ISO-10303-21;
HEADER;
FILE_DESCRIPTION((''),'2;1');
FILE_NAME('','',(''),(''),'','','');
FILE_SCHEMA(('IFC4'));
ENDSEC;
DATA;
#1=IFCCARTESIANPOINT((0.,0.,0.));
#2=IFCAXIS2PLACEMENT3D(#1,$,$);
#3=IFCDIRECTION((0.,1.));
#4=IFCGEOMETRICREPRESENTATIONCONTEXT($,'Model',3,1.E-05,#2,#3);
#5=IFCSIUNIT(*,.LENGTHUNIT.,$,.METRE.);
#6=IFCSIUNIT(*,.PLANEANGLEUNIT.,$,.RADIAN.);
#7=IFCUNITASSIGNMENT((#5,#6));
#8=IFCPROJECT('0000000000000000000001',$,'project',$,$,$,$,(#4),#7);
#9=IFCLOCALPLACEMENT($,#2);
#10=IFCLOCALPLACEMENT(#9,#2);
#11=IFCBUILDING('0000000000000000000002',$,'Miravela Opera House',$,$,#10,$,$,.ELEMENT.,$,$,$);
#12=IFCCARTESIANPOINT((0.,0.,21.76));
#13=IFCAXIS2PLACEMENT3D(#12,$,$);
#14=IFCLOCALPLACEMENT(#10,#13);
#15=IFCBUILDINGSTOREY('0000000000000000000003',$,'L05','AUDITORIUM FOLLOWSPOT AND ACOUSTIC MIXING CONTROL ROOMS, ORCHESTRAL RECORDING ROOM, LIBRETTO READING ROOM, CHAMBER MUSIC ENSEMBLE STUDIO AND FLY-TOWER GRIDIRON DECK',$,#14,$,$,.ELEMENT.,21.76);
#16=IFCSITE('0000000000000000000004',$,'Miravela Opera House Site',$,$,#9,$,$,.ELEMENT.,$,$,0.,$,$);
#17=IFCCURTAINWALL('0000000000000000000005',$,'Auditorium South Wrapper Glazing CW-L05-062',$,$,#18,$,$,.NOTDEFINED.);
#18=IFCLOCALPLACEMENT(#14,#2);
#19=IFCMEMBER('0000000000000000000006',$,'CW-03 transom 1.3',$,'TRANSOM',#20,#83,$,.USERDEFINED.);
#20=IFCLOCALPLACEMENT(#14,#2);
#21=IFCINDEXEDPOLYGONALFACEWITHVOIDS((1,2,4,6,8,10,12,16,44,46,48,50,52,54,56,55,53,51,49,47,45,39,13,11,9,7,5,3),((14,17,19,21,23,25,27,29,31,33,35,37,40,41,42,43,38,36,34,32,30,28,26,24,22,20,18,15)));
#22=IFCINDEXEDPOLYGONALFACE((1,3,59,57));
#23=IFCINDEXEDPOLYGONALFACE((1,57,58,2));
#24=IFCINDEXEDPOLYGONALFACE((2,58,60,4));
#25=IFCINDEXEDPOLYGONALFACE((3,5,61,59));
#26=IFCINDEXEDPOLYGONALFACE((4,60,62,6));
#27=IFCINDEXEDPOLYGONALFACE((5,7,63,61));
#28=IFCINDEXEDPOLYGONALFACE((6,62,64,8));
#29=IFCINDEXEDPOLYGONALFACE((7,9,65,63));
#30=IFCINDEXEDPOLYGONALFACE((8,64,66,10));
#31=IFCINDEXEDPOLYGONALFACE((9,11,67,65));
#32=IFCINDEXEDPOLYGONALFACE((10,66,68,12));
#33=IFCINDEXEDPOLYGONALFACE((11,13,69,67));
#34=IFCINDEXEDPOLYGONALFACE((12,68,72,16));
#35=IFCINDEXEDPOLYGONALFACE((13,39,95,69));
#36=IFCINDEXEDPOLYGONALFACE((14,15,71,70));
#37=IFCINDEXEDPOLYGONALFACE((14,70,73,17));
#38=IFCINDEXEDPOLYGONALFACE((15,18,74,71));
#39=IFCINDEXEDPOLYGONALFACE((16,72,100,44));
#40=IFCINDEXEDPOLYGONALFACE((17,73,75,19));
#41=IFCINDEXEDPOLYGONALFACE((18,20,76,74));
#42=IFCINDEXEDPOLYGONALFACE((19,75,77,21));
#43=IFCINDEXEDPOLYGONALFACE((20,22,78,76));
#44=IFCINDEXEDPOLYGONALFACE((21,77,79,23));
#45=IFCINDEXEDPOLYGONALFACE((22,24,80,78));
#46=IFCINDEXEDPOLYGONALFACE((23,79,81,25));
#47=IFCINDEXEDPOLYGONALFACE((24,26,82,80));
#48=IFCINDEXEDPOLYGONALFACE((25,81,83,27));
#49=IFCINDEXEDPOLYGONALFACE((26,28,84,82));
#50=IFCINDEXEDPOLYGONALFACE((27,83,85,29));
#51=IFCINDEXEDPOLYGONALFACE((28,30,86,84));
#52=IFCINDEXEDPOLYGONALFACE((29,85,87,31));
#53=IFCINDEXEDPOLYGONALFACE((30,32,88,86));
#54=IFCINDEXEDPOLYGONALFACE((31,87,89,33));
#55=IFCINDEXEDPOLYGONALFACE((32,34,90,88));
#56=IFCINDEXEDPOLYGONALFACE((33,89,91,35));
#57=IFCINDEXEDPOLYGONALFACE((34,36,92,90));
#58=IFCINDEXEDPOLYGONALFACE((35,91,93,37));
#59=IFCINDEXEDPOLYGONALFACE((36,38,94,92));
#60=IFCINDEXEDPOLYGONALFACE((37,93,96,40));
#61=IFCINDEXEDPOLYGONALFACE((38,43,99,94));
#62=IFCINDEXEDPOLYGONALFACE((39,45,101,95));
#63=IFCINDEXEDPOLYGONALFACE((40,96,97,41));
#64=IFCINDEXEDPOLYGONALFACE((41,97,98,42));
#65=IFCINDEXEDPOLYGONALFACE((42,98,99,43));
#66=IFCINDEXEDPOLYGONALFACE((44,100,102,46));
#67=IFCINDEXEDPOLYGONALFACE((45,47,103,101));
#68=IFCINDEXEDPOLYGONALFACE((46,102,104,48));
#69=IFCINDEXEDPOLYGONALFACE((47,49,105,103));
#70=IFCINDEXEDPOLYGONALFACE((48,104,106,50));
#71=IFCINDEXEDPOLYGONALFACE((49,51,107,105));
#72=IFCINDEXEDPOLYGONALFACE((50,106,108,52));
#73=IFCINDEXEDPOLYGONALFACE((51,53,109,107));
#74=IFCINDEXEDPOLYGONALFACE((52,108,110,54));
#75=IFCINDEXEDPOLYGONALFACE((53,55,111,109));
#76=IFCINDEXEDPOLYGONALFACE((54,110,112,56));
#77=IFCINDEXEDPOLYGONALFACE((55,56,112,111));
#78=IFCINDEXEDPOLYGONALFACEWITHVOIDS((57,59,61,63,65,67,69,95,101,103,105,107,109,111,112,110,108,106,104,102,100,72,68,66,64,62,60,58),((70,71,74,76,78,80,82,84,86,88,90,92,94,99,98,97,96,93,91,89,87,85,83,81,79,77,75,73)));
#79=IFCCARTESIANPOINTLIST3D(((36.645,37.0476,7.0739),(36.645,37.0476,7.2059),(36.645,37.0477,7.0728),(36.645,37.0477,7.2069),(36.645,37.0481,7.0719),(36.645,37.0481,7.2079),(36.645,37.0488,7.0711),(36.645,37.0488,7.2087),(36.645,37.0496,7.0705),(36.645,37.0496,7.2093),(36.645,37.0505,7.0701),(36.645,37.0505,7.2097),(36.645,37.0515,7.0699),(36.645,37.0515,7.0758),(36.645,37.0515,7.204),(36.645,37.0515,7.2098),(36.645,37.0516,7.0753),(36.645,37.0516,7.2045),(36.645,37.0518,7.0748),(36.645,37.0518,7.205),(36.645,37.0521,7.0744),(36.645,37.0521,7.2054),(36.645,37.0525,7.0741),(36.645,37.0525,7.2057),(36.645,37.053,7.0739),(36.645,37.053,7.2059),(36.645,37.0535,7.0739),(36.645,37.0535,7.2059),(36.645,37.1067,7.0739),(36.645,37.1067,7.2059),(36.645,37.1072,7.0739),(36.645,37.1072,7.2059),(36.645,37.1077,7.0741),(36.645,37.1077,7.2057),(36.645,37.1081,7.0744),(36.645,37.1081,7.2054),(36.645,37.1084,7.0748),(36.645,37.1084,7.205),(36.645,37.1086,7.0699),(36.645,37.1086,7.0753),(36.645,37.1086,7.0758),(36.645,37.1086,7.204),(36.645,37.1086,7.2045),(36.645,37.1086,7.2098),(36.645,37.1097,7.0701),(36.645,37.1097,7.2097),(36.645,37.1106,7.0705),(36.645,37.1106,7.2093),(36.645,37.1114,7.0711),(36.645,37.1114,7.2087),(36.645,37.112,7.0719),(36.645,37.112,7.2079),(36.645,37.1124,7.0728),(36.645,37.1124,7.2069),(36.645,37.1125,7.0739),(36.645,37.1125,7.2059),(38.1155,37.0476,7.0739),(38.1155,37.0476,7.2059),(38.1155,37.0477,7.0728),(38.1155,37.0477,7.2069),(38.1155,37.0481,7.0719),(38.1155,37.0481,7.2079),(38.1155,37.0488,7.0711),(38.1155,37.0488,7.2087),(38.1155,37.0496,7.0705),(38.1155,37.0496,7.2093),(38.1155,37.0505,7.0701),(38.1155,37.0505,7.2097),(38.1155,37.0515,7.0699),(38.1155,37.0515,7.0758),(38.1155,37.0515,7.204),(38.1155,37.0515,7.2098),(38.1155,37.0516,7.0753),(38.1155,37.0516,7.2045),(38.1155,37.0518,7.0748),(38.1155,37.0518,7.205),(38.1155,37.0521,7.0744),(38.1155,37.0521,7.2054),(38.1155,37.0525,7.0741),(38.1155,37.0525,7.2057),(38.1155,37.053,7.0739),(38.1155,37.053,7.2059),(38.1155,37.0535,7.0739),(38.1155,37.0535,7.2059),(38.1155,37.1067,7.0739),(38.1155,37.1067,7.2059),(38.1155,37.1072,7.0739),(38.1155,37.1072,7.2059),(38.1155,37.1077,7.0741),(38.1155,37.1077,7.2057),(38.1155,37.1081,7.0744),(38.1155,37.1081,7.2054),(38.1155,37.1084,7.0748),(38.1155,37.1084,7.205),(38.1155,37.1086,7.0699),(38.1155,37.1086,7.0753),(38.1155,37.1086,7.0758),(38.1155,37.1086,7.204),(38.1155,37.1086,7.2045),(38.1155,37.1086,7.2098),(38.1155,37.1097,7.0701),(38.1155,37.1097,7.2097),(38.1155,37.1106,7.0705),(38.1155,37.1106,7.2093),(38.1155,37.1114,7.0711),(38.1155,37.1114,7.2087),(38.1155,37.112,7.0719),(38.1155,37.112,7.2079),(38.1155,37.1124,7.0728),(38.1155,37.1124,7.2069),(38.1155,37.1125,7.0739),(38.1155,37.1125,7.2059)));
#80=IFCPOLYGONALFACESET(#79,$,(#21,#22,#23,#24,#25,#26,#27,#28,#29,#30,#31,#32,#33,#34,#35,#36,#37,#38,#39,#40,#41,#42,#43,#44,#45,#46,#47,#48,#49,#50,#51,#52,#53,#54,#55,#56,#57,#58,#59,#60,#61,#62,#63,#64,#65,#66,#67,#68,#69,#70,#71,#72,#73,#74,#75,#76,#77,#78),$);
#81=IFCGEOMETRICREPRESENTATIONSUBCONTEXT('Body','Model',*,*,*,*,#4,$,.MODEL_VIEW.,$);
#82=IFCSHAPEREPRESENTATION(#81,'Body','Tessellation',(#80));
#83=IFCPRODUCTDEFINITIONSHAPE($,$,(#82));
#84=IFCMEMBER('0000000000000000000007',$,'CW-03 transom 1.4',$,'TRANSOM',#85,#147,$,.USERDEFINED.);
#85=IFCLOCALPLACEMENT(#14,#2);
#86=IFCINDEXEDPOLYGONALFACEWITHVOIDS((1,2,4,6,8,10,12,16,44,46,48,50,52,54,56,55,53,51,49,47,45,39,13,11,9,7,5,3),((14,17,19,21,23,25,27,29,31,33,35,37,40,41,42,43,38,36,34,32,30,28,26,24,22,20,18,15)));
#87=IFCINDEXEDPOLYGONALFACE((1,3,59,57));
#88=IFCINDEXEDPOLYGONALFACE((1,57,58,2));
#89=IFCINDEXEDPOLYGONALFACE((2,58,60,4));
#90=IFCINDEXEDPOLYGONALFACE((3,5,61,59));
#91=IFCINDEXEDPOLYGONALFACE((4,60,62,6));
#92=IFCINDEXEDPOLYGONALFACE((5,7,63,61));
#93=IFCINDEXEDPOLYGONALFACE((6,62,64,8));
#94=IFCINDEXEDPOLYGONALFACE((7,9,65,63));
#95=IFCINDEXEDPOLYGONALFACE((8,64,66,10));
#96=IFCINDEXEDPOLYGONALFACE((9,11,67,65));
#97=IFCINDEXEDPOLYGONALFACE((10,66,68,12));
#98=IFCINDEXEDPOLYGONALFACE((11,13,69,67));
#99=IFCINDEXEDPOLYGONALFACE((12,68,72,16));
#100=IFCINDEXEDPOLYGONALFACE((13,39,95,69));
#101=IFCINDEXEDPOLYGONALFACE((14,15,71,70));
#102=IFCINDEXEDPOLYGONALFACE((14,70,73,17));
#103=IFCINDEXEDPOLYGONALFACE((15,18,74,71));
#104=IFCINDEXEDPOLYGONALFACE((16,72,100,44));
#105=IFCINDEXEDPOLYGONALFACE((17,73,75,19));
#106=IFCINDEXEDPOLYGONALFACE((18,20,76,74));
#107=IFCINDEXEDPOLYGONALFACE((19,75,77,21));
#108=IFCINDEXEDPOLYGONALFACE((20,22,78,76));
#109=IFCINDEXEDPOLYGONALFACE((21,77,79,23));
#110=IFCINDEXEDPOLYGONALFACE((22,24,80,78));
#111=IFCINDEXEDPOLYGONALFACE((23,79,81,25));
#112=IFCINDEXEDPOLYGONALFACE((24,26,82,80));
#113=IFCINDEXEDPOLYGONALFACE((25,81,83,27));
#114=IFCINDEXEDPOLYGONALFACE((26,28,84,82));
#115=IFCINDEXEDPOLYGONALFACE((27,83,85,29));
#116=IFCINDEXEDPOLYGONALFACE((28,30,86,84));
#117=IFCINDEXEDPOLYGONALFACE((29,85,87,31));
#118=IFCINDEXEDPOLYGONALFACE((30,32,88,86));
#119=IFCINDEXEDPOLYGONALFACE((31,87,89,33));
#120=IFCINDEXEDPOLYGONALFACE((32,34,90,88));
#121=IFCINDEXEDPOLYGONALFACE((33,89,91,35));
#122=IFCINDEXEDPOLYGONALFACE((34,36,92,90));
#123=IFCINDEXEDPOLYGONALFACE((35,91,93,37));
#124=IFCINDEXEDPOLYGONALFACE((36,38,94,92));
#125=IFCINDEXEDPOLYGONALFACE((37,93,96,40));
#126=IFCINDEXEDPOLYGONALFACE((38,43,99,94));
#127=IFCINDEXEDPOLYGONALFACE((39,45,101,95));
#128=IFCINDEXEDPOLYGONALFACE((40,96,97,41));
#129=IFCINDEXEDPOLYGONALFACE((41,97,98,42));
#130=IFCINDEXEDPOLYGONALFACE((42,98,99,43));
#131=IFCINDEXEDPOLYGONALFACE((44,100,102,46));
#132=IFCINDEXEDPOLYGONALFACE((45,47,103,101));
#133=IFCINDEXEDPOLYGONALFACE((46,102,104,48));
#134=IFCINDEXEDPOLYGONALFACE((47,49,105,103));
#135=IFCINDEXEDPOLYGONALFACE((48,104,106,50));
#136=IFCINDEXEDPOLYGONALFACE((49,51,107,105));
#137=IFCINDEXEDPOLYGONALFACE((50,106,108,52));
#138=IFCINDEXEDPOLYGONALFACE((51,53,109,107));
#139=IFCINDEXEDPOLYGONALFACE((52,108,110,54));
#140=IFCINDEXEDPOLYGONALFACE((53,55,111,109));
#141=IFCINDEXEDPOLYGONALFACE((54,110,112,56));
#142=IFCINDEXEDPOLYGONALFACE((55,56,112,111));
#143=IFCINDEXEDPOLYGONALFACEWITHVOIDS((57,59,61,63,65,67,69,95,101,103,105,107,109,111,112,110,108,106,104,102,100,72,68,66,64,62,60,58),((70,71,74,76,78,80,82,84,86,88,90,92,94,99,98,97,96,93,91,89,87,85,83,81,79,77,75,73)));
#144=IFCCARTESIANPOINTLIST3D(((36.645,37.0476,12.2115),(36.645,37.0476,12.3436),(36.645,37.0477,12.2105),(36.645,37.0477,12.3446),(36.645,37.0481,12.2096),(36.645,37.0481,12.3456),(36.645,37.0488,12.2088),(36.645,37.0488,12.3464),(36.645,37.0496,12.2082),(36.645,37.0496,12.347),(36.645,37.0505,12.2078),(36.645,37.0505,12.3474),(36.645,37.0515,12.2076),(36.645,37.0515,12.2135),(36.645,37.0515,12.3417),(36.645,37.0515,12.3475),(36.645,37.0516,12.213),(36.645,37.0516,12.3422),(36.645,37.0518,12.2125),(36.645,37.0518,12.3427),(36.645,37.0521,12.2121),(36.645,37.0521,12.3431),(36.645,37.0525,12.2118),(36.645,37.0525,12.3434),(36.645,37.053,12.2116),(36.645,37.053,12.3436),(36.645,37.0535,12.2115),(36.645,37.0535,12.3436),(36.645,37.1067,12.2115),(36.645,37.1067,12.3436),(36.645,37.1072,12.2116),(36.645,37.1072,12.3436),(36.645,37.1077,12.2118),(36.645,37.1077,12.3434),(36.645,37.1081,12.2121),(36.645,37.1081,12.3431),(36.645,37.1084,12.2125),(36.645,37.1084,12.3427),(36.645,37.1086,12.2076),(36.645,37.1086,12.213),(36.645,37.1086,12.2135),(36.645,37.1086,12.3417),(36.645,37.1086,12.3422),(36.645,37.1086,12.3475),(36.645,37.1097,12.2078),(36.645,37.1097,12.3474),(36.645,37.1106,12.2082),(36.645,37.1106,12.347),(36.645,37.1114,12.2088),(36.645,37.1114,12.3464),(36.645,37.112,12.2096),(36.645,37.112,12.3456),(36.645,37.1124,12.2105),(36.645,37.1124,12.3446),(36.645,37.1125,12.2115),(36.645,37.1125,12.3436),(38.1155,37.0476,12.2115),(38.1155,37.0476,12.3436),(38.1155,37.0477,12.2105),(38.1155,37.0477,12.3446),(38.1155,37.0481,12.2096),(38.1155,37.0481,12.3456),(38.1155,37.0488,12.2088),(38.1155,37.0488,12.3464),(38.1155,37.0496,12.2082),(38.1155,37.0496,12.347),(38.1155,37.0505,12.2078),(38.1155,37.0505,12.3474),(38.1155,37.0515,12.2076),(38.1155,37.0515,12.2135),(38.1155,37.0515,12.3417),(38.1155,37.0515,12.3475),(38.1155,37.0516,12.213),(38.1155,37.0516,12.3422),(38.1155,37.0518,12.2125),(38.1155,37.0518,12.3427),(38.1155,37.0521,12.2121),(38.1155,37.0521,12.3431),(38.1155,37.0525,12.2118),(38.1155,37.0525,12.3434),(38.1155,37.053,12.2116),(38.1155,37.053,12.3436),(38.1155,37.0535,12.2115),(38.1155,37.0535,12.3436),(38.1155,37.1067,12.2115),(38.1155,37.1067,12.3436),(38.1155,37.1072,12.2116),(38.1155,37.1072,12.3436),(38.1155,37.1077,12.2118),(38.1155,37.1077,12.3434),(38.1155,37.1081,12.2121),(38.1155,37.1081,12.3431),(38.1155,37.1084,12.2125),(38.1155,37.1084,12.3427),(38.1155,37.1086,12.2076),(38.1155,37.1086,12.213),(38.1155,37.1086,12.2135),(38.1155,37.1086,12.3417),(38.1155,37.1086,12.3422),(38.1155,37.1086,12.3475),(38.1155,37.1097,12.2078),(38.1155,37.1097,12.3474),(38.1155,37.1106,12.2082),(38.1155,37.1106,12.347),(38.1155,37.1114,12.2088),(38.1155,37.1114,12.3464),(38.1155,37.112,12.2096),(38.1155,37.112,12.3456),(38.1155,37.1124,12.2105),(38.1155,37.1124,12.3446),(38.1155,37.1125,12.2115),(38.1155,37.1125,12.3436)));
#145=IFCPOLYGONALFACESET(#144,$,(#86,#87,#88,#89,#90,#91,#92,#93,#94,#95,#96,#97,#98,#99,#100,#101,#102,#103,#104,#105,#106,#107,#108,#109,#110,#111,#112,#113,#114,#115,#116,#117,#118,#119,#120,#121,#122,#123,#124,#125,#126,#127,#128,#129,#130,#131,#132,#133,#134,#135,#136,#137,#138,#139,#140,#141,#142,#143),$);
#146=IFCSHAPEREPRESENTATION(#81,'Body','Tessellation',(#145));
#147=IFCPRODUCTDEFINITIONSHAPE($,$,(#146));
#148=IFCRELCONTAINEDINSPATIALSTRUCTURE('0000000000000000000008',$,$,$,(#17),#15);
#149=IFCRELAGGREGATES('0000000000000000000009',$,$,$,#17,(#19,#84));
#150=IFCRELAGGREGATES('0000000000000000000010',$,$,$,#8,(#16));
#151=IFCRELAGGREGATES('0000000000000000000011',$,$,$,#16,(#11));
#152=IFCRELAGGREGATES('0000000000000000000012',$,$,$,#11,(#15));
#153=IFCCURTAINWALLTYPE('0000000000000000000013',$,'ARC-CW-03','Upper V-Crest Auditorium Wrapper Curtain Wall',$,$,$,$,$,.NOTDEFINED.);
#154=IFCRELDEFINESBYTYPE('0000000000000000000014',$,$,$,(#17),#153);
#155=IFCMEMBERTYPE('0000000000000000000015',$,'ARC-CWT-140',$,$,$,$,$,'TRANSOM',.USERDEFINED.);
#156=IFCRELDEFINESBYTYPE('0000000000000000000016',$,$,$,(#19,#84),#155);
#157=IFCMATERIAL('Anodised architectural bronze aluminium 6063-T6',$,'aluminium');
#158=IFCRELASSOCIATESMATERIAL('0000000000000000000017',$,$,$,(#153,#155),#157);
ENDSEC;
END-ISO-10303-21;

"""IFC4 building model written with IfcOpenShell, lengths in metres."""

from ifc_helpers import new_model, si_unit, direction, frame, origin, origin_2d, place, context, subcontext, project, spatial, hollow_rectangle, extrude, material, material_profile, profile_set, type_object, element, aggregate, save


model = new_model("IFC4")

# Units and contexts
model_context = context("Model", 3, precision=1e-05, world=origin(), true_north=direction((0.0, 1.0)))
body_context = subcontext(model_context, "Body", "Model", "MODEL_VIEW")
ifc_project = project(units=[si_unit("LENGTHUNIT", "METRE"), si_unit("PLANEANGLEUNIT", "RADIAN")], contexts=[model_context])

# Site, building, storey
site_placement = place(None, origin())
site = spatial("IfcSite", under=ifc_project, at=site_placement, Name="Miravela Opera House Site", CompositionType="ELEMENT", RefElevation=0.0)
building_placement = place(site_placement, origin())
building = spatial("IfcBuilding", under=site, at=building_placement, Name="Miravela Opera House", CompositionType="ELEMENT")
storey_placement = place(building_placement, frame((0.0, 0.0, 21.76)))
storey = spatial("IfcBuildingStorey", under=building, at=storey_placement, Name="L05", Description="AUDITORIUM FOLLOWSPOT AND ACOUSTIC MIXING CONTROL ROOMS, ORCHESTRAL RECORDING ROOM, LIBRETTO READING ROOM, CHAMBER MUSIC ENSEMBLE STUDIO AND FLY-TOWER GRIDIRON DECK", CompositionType="ELEMENT", Elevation=21.76)

# Curtain wall, members
ifc_material_1 = material(Name="Anodised architectural bronze aluminium 6063-T6", Category="aluminium")
curtain_wall_type = type_object("IfcCurtainWallType", Name="ARC-CW-03", Description="Upper V-Crest Auditorium Wrapper Curtain Wall", PredefinedType="NOTDEFINED", material=ifc_material_1)
curtain_wall_placement = place(storey_placement, origin())
curtain_wall = element("IfcCurtainWall", 1, at=curtain_wall_placement, inside=storey, type_object=curtain_wall_type, Name="Auditorium South Wrapper Glazing CW-L05-062", PredefinedType="NOTDEFINED")
ifc_material_profile = material_profile(ifc_material_1, hollow_rectangle(XDim=0.0649, YDim=0.1399, WallThickness=0.0039, InnerFilletRadius=0.002, OuterFilletRadius=0.0039, at=origin_2d()), Name="CWT-65X140")
ifc_profile_set = profile_set([ifc_material_profile])
member_type = type_object("IfcMemberType", Name="ARC-CWT-140", ElementType="TRANSOM", PredefinedType="USERDEFINED", material=ifc_profile_set)
member_1_placement = place(storey_placement, frame((36.645, 37.0801, 7.1399), z_axis=(1.0, 0.0, 0.0), x_axis=(0.0, 1.0, 0.0)))
member_1 = element("IfcMember", 2, at=member_1_placement, type_object=member_type, Name="CW-03 transom 1.3", ObjectType="TRANSOM", PredefinedType="USERDEFINED", context=body_context, shape_type="SweptSolid", body=[
    extrude(hollow_rectangle(XDim=0.0649, YDim=0.1399, WallThickness=0.0039, InnerFilletRadius=0.002, OuterFilletRadius=0.0039, at=origin_2d()), origin(), (0.0, 0.0, 1.0), 1.4705),
])
member_2_placement = place(storey_placement, frame((36.645, 37.0801, 12.2776), z_axis=(1.0, 0.0, 0.0), x_axis=(0.0, 1.0, 0.0)))
member_2 = element("IfcMember", 3, at=member_2_placement, type_object=member_type, Name="CW-03 transom 1.4", ObjectType="TRANSOM", PredefinedType="USERDEFINED", context=body_context, shape_type="SweptSolid", body=[
    extrude(hollow_rectangle(XDim=0.0649, YDim=0.1399, WallThickness=0.0039, InnerFilletRadius=0.002, OuterFilletRadius=0.0039, at=origin_2d()), origin(), (0.0, 0.0, 1.0), 1.4705),
])
aggregate(curtain_wall, [member_1, member_2])

save(model, "model.ifc")
